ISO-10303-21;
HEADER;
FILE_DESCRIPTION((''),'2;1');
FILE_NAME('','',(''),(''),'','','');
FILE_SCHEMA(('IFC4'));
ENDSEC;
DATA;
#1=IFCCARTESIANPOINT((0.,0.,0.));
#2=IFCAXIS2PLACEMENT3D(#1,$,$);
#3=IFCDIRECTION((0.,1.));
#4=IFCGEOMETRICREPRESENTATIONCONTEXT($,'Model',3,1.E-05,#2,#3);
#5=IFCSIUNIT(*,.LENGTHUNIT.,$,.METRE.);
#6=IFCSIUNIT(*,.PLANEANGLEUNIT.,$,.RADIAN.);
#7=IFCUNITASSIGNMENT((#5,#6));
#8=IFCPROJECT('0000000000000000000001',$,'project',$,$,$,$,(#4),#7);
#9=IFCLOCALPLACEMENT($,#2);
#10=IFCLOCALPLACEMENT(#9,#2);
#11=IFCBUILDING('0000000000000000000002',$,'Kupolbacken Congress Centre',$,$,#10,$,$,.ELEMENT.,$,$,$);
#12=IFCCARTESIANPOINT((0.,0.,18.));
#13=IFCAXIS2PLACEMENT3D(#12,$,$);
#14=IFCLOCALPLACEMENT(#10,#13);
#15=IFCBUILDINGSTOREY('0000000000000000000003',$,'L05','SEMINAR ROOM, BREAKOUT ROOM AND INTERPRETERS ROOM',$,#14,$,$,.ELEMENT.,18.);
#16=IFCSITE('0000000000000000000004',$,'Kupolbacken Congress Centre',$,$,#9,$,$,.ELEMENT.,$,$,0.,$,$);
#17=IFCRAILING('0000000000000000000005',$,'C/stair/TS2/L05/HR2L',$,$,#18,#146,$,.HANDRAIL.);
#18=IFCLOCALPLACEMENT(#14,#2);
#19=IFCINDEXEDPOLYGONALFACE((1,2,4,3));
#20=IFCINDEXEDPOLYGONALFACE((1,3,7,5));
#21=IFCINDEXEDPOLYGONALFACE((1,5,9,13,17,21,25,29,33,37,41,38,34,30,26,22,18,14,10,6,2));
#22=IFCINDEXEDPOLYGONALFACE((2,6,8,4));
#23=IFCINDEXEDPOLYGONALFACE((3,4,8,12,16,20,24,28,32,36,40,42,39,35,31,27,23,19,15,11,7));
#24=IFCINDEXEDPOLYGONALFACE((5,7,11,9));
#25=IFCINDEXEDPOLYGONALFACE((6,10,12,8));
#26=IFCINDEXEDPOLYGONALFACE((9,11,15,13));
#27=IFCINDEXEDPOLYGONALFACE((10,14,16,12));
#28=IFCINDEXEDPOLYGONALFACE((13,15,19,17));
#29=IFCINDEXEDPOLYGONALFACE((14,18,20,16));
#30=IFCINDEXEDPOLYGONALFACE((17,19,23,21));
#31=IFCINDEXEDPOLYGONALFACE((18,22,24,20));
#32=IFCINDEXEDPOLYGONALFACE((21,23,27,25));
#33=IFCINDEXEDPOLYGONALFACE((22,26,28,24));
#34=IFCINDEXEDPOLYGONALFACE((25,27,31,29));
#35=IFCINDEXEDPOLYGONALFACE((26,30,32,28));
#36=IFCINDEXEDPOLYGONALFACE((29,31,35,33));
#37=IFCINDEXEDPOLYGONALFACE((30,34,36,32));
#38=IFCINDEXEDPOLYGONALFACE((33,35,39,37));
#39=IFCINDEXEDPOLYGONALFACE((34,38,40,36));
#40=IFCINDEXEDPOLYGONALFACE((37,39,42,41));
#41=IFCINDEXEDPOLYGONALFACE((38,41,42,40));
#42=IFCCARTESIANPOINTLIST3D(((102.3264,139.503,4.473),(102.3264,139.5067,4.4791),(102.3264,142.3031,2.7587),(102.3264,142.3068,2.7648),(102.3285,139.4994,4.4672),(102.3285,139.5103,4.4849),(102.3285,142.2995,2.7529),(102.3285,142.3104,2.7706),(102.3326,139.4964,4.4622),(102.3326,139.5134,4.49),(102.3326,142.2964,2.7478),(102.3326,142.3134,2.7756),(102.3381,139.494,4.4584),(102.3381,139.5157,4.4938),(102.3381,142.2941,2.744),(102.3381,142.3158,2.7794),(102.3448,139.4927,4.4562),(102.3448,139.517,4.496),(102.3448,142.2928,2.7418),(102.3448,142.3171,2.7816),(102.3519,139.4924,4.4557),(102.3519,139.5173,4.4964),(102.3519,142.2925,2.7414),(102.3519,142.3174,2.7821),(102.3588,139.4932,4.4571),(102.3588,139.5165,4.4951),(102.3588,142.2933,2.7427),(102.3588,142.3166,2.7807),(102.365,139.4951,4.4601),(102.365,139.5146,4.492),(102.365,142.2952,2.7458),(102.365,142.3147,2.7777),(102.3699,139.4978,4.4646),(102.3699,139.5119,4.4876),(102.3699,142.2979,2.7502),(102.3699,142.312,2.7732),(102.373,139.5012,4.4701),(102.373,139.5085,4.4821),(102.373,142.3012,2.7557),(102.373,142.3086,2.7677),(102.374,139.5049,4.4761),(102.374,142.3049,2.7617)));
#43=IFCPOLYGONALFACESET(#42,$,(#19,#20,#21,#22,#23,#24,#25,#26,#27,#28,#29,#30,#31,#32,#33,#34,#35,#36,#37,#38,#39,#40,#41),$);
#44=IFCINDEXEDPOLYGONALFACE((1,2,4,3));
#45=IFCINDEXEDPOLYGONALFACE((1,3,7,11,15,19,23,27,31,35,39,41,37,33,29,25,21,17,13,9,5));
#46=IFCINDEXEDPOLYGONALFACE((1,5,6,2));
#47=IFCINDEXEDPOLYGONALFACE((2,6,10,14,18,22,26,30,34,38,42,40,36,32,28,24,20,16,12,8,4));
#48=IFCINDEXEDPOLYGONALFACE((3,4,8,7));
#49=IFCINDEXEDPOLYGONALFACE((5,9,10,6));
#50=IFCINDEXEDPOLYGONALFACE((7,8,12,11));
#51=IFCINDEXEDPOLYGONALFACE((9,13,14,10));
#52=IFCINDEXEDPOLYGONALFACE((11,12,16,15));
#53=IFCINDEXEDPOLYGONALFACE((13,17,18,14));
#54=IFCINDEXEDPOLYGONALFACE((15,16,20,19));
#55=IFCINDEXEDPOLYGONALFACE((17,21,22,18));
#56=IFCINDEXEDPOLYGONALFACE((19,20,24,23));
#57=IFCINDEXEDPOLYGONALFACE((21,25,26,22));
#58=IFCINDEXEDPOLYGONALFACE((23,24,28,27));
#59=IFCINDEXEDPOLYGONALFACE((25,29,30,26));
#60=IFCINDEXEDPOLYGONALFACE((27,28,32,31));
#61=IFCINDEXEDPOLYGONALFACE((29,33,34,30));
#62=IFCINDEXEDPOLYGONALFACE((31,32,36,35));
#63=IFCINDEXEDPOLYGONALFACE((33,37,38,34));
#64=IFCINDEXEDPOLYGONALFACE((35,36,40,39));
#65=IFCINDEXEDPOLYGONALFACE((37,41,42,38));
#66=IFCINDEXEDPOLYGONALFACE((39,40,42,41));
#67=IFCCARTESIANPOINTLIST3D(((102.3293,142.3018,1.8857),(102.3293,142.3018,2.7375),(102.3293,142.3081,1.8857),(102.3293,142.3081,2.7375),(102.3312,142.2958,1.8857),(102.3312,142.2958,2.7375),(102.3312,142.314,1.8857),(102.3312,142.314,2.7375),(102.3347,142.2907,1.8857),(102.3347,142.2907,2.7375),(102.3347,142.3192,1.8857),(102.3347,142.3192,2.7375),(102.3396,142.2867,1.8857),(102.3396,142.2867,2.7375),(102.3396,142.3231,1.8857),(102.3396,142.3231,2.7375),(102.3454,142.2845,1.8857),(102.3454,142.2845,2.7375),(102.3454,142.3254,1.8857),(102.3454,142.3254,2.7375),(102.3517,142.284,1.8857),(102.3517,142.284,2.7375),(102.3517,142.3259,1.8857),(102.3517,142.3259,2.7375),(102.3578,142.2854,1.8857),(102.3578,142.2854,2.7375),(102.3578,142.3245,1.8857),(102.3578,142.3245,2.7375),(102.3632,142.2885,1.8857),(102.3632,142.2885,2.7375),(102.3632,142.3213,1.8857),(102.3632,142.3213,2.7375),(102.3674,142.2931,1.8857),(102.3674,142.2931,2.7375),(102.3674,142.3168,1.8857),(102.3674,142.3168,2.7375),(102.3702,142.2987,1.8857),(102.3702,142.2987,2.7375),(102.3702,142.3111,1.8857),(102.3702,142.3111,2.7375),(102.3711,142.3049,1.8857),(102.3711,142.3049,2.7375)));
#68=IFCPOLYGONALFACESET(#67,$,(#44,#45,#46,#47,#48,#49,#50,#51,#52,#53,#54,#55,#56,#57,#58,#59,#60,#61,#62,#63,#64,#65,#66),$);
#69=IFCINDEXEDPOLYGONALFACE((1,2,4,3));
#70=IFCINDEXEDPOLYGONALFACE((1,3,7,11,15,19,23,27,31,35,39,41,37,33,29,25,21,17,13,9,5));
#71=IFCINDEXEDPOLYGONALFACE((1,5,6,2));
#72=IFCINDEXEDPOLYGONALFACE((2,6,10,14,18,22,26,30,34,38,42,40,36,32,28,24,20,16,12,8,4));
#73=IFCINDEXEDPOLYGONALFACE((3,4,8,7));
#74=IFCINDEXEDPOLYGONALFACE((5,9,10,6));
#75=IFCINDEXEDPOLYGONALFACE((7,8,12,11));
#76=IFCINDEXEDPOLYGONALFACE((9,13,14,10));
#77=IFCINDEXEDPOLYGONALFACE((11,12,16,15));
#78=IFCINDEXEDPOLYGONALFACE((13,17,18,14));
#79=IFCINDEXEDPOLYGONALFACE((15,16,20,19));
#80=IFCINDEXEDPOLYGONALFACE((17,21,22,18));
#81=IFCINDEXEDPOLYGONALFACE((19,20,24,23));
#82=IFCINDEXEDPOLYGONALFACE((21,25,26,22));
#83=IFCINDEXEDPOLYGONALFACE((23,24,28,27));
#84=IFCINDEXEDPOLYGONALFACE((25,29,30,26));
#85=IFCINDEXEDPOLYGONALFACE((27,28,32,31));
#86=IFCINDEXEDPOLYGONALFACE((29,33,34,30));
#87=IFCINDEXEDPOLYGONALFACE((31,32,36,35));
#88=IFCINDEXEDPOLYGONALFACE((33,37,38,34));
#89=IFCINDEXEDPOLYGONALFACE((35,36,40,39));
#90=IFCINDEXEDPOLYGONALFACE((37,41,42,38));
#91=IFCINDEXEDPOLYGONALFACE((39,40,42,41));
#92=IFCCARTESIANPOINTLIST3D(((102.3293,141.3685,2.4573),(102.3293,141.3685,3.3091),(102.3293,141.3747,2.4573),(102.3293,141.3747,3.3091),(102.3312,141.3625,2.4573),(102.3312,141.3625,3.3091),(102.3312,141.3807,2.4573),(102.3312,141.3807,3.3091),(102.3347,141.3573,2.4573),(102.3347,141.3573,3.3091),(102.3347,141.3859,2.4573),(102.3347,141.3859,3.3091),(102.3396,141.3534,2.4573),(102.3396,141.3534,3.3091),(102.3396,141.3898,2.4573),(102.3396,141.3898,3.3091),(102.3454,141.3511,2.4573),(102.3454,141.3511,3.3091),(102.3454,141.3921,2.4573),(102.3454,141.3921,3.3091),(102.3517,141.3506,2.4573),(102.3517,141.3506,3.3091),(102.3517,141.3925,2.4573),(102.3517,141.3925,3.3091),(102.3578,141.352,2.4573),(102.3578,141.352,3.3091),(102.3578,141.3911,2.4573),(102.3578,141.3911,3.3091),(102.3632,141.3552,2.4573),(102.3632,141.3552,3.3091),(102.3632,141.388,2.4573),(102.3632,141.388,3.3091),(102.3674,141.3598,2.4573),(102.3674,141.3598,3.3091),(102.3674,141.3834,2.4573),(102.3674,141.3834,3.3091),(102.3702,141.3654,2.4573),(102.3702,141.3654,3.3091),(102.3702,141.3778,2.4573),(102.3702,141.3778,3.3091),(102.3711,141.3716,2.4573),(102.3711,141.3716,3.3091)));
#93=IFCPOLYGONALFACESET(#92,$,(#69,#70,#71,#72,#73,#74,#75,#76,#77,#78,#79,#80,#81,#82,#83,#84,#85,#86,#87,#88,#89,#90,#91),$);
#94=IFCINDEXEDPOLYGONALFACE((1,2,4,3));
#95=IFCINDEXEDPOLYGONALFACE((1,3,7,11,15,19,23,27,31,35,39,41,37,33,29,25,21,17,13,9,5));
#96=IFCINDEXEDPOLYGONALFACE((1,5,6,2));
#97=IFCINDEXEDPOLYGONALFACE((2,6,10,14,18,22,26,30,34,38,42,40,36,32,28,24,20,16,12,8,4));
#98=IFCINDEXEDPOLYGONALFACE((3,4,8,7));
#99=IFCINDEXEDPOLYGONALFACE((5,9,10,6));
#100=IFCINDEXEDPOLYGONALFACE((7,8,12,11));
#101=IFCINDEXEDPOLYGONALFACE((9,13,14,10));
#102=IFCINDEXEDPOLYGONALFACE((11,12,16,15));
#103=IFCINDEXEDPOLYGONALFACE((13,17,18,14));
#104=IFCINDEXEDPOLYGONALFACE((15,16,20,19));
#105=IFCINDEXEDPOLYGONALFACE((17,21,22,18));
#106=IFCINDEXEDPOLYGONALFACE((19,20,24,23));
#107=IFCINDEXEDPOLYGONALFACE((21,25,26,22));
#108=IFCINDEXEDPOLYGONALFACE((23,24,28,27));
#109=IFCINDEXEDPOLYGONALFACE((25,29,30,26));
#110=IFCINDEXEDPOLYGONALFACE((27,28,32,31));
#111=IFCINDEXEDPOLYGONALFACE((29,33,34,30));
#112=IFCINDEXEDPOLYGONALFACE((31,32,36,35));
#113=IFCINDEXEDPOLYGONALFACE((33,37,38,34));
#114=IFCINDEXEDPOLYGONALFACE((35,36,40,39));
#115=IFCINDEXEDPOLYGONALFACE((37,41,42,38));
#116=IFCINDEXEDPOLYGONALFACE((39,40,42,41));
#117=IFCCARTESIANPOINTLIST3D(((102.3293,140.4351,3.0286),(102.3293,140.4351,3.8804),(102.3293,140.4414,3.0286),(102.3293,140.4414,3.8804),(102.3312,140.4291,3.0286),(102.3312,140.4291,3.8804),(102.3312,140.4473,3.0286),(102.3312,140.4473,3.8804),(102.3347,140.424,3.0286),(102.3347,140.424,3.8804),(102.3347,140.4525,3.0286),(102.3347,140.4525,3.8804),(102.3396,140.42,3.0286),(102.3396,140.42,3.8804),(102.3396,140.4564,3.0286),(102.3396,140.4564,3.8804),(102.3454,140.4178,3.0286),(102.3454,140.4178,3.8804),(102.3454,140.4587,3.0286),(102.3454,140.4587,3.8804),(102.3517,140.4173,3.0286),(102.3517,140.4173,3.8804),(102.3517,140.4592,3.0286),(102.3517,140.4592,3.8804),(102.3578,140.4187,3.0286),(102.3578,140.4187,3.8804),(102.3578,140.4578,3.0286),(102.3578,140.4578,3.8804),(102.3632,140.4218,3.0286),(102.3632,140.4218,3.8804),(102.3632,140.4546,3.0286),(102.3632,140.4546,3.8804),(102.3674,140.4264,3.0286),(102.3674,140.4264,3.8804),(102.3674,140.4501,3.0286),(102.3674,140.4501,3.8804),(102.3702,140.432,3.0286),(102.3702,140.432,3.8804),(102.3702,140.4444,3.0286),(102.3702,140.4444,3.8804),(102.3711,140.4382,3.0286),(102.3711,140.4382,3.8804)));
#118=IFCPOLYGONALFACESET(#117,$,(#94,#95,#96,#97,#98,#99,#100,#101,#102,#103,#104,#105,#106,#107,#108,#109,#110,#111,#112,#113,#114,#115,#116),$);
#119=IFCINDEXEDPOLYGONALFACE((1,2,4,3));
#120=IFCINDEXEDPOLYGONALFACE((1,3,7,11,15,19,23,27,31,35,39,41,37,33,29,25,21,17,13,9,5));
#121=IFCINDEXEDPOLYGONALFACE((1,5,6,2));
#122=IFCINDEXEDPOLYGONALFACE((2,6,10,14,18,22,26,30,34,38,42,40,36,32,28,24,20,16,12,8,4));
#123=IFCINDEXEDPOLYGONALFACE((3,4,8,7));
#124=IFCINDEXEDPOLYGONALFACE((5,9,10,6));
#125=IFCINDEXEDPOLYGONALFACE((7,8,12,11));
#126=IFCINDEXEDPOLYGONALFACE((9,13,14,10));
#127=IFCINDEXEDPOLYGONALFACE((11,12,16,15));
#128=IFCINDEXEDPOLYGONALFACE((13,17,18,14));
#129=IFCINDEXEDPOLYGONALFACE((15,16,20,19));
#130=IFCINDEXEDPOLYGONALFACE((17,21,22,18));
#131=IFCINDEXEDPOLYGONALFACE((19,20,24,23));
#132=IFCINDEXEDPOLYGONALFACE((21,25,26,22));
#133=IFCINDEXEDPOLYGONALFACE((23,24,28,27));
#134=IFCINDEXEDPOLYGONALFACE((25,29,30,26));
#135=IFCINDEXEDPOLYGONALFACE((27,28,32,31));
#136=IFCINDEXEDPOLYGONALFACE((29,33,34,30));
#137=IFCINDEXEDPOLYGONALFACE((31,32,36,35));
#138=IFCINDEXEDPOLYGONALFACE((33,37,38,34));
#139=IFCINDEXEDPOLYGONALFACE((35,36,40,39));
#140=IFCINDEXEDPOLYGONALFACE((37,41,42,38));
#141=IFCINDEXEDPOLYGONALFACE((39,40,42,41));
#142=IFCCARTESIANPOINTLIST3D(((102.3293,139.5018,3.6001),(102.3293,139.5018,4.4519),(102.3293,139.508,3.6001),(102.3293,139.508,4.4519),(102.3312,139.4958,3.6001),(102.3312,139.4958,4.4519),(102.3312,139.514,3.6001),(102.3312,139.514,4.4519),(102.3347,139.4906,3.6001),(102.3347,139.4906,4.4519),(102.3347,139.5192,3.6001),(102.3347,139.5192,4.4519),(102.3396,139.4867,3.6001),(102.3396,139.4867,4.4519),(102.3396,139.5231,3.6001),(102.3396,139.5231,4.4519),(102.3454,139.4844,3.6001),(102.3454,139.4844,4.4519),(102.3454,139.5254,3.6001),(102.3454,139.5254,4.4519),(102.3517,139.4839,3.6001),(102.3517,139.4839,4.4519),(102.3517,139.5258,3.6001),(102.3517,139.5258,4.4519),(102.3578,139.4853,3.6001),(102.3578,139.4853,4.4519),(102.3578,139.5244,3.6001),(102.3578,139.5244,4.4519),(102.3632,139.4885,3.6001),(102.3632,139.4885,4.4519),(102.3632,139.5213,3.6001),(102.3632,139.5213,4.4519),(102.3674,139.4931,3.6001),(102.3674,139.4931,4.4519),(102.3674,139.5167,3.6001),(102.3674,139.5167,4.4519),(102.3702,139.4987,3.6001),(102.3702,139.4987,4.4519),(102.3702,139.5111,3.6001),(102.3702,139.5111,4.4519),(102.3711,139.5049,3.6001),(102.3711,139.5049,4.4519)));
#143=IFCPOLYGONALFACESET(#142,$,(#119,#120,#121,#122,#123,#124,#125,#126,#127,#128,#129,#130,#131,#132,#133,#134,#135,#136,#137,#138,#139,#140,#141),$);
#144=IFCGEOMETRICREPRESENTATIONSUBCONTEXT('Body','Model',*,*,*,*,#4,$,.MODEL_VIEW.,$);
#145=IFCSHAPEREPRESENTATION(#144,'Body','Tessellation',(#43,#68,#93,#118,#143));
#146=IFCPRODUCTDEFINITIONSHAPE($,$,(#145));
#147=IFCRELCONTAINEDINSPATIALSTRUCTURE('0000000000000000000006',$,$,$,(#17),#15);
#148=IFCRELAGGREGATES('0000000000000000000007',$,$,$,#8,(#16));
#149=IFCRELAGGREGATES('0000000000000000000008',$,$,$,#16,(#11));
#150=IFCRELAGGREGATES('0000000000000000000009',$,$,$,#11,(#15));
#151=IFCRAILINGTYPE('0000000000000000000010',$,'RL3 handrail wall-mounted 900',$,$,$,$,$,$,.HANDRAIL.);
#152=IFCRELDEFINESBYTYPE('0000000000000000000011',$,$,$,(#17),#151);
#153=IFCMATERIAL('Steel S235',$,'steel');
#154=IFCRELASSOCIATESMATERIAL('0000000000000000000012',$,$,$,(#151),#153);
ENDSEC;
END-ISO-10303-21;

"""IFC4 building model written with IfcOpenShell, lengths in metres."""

from ifc_helpers import new_model, si_unit, direction, frame, origin, origin_2d, place, context, subcontext, project, spatial, circle, extrude, material, type_object, element, save


model = new_model("IFC4")

# Units and contexts
model_context = context("Model", 3, precision=1e-05, world=origin(), true_north=direction((0.0, 1.0)))
body_context = subcontext(model_context, "Body", "Model", "MODEL_VIEW")
ifc_project = project(units=[si_unit("LENGTHUNIT", "METRE"), si_unit("PLANEANGLEUNIT", "RADIAN")], contexts=[model_context])

# Site, building, storey
site_placement = place(None, origin())
site = spatial("IfcSite", under=ifc_project, at=site_placement, Name="Kupolbacken Congress Centre", CompositionType="ELEMENT", RefElevation=0.0)
building_placement = place(site_placement, origin())
building = spatial("IfcBuilding", under=site, at=building_placement, Name="Kupolbacken Congress Centre", CompositionType="ELEMENT")
storey_placement = place(building_placement, frame((0.0, 0.0, 18.0)))
storey = spatial("IfcBuildingStorey", under=building, at=storey_placement, Name="L05", Description="SEMINAR ROOM, BREAKOUT ROOM AND INTERPRETERS ROOM", CompositionType="ELEMENT", Elevation=18.0)

# Railing
ifc_material_1 = material(Name="Steel S235", Category="steel")
railing_type = type_object("IfcRailingType", Name="RL3 handrail wall-mounted 900", PredefinedType="HANDRAIL", material=ifc_material_1)
for number, where, name in (
    (1, (102.3501, 142.3049, 1.8857), "C/stair/TS2/L05/HR2L"),
):
    element("IfcRailing", number, at=place(storey_placement, frame(where)), inside=storey, type_object=railing_type, Name=name, PredefinedType="HANDRAIL", context=body_context, shape_type="SweptSolid", body=[
        extrude(circle(Radius=0.0239, at=origin_2d()), frame((0.0, 0.0, 0.876), z_axis=(0.0, -0.852846, 0.522163), x_axis=(1.0, 0.0, 0.0)), (0.0, 0.0, 1.0), 3.2832),
        extrude(circle(Radius=0.021, at=origin_2d()), origin(), (0.0, 0.0, 1.0), 0.8518),
        extrude(circle(Radius=0.021, at=origin_2d()), frame((0.0, -0.9333, 0.5715)), (0.0, 0.0, 1.0), 0.8518),
        extrude(circle(Radius=0.021, at=origin_2d()), frame((0.0, -1.8667, 1.1428)), (0.0, 0.0, 1.0), 0.8518),
        extrude(circle(Radius=0.021, at=origin_2d()), frame((0.0, -2.8, 1.7144)), (0.0, 0.0, 1.0), 0.8518),
    ])

save(model, "model.ifc")
